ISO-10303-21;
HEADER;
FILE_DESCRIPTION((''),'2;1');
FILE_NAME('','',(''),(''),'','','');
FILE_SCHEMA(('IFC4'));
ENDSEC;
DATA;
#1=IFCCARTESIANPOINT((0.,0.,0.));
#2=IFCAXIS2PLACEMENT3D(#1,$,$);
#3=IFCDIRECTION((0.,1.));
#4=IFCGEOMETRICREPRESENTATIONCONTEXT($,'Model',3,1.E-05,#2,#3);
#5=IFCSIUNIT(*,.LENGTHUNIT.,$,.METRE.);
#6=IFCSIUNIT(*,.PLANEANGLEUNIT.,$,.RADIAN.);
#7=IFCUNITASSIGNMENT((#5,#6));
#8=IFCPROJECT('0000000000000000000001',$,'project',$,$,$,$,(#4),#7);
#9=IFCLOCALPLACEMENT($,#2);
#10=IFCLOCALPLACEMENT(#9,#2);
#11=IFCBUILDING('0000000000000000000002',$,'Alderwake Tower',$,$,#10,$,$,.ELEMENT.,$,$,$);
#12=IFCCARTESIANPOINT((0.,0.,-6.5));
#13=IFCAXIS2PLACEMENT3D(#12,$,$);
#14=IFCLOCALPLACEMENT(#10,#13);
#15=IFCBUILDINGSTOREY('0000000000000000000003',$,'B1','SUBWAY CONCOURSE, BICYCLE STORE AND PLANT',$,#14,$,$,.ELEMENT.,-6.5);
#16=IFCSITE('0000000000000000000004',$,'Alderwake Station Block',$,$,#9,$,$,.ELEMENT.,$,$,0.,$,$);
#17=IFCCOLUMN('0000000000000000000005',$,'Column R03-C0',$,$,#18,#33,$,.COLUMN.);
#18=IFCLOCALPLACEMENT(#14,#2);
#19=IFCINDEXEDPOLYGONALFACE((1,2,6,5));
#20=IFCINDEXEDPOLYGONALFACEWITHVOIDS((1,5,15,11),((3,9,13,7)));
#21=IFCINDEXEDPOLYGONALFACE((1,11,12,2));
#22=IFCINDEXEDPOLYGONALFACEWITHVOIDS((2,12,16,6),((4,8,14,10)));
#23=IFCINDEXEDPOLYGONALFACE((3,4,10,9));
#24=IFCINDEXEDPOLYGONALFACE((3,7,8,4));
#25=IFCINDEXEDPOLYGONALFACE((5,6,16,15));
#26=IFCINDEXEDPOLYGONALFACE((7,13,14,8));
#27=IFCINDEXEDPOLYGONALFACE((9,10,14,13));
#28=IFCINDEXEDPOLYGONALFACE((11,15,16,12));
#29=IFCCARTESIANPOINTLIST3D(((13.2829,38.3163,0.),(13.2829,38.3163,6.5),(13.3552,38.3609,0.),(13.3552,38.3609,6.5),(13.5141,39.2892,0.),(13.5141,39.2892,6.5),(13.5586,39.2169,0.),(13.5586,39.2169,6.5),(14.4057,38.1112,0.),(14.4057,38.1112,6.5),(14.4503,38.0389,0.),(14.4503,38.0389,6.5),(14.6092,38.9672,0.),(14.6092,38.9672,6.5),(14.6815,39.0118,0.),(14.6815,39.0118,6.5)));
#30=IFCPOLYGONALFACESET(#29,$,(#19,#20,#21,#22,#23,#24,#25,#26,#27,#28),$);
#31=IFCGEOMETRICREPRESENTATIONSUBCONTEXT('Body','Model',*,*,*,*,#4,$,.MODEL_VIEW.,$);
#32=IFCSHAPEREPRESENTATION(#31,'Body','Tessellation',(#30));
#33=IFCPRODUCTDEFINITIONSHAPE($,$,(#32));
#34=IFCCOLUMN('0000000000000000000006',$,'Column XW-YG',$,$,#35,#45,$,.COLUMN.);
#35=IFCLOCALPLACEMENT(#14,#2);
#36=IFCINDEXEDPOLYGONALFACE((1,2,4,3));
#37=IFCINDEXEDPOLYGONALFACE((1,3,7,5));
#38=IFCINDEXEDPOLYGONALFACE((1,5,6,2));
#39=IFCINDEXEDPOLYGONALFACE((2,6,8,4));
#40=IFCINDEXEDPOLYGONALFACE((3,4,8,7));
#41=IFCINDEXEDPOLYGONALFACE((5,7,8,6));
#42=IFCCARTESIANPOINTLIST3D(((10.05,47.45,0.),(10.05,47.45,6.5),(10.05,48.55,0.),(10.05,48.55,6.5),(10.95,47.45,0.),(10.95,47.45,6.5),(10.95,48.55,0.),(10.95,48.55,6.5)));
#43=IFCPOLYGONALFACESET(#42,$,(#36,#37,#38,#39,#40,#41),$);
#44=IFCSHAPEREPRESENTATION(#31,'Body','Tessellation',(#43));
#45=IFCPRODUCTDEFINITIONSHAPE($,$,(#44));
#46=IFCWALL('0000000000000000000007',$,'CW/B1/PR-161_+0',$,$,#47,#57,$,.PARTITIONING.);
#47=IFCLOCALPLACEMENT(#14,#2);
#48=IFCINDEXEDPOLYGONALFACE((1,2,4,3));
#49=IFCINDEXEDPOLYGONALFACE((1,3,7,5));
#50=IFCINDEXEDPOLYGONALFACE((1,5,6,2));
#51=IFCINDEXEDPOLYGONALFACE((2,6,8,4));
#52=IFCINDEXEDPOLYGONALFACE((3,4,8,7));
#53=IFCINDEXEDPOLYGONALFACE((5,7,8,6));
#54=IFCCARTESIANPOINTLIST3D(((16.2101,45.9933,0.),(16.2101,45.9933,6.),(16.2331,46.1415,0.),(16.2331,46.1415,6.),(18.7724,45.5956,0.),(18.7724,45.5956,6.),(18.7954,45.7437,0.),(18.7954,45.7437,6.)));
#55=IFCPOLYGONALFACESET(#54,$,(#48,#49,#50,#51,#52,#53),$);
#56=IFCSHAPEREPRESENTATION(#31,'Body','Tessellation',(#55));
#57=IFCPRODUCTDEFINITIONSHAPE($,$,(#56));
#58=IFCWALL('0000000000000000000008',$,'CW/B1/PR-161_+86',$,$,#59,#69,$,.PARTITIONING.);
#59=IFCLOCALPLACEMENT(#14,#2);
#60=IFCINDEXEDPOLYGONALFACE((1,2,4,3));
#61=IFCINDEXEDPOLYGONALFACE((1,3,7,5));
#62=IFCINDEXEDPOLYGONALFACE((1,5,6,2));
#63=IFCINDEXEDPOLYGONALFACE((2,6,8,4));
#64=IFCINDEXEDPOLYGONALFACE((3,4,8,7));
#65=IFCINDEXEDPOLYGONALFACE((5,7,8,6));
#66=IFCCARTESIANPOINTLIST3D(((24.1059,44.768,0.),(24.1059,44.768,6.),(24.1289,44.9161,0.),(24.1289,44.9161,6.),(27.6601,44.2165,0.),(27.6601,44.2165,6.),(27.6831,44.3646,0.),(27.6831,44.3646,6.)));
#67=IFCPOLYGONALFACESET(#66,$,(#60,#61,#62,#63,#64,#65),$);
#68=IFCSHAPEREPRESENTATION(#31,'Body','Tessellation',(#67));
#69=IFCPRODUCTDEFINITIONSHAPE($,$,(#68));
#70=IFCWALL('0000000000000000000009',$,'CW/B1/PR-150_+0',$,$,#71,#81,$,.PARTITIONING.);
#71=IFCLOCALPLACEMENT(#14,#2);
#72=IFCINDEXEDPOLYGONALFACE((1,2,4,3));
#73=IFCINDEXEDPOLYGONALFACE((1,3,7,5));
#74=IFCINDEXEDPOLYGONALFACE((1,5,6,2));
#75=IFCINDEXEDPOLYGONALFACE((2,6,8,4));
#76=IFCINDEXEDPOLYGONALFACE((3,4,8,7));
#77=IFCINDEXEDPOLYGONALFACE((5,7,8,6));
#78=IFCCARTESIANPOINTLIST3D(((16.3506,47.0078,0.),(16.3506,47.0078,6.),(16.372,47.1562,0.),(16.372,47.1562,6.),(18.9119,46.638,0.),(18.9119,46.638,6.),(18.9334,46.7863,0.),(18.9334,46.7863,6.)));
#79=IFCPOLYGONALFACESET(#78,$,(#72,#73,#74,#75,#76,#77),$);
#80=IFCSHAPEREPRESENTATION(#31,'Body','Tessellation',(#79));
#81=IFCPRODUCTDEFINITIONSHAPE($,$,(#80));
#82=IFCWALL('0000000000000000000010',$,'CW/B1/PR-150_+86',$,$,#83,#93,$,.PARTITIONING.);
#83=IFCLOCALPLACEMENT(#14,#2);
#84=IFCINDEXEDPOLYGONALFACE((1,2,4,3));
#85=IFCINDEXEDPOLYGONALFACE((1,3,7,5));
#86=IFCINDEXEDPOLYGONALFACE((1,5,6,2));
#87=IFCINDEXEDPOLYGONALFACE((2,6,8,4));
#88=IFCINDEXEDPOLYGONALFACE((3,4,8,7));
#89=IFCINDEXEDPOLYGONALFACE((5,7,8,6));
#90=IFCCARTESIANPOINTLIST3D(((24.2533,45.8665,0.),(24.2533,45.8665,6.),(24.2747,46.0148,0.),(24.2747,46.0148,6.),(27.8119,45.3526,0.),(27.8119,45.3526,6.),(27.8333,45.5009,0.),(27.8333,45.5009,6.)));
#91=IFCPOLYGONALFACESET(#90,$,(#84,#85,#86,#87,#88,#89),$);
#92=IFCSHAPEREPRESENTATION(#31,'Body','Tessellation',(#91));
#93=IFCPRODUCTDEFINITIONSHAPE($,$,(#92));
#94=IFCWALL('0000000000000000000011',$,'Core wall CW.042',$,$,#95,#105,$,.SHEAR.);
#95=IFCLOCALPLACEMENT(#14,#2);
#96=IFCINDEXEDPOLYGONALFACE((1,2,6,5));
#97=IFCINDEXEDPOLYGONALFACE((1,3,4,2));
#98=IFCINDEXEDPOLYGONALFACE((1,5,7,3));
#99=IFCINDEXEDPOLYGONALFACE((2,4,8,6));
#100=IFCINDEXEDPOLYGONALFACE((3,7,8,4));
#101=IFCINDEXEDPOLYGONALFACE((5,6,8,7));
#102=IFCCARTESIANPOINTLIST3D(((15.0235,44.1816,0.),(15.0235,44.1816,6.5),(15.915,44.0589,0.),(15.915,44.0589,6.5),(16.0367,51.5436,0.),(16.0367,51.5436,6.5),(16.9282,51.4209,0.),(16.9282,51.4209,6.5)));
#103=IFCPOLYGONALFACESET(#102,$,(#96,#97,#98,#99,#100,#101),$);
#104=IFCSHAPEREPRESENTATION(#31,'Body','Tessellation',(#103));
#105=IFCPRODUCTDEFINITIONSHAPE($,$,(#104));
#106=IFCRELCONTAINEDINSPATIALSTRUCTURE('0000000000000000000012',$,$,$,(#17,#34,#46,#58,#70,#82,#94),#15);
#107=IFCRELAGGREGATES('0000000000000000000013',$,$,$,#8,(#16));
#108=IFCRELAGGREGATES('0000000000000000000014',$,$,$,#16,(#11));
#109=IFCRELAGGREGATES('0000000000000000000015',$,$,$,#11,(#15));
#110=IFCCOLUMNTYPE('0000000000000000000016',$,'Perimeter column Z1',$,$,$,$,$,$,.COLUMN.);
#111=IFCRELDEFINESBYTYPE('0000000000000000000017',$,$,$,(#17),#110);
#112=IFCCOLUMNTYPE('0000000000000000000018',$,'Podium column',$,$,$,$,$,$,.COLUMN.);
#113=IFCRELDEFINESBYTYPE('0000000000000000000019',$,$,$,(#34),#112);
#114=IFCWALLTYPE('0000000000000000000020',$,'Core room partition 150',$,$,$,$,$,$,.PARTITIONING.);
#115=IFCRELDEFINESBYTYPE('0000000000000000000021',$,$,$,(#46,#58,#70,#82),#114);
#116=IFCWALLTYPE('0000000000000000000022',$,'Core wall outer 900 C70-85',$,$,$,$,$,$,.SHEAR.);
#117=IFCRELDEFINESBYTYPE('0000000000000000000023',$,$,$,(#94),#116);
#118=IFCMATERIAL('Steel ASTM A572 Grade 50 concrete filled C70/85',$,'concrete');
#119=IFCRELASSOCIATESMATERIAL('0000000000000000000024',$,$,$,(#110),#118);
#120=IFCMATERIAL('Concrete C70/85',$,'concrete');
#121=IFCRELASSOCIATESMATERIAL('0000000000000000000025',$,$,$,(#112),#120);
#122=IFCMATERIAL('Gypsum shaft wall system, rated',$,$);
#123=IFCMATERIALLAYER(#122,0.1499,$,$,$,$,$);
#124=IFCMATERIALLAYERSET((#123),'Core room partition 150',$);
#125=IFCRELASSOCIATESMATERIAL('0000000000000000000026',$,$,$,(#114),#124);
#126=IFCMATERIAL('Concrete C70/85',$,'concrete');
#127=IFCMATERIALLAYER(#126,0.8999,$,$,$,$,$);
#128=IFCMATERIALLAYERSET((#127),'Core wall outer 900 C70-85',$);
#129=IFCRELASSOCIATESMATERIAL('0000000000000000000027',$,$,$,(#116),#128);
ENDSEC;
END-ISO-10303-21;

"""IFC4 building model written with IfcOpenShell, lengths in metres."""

from ifc_helpers import new_model, si_unit, direction, frame, frame_2d, origin, origin_2d, place, context, subcontext, project, spatial, rectangle, hollow_rectangle, extrude, material, layer, layer_set, material_profile, profile_set, type_object, element, save


model = new_model("IFC4")

# Units and contexts
model_context = context("Model", 3, precision=1e-05, world=origin(), true_north=direction((0.0, 1.0)))
body_context = subcontext(model_context, "Body", "Model", "MODEL_VIEW")
ifc_project = project(units=[si_unit("LENGTHUNIT", "METRE"), si_unit("PLANEANGLEUNIT", "RADIAN")], contexts=[model_context])

# Site, building, storey
site_placement = place(None, origin())
site = spatial("IfcSite", under=ifc_project, at=site_placement, Name="Alderwake Station Block", CompositionType="ELEMENT", RefElevation=0.0)
building_placement = place(site_placement, origin())
building = spatial("IfcBuilding", under=site, at=building_placement, Name="Alderwake Tower", CompositionType="ELEMENT")
storey_placement = place(building_placement, frame((0.0, 0.0, -6.5)))
storey = spatial("IfcBuildingStorey", under=building, at=storey_placement, Name="B1", Description="SUBWAY CONCOURSE, BICYCLE STORE AND PLANT", CompositionType="ELEMENT", Elevation=-6.5)

# Columns
ifc_material_1 = material(Name="Steel ASTM A572 Grade 50 concrete filled C70/85", Category="concrete")
ifc_material_profile_1 = material_profile(ifc_material_1, hollow_rectangle(XDim=1.0, YDim=1.2, WallThickness=0.0601, at=origin_2d()), Name="BOX 1200X1000X60")
ifc_profile_set_1 = profile_set([ifc_material_profile_1], Name="Steel ASTM A572 Grade 50 concrete filled C70/85")
column_type_1 = type_object("IfcColumnType", Name="Perimeter column Z1", PredefinedType="COLUMN", material=ifc_profile_set_1)
column_1_placement = place(storey_placement, frame((13.9822, 38.6641, 0.0), z_axis=(0.0, 0.0, 1.0), x_axis=(0.231222, 0.972901, 0.0)))
element("IfcColumn", 1, at=column_1_placement, inside=storey, type_object=column_type_1, Name="Column R03-C0", PredefinedType="COLUMN", context=body_context, shape_type="SweptSolid", body=[
    extrude(hollow_rectangle(XDim=1.0, YDim=1.2, WallThickness=0.0601, at=origin_2d()), origin(), (0.0, 0.0, 1.0), 6.5),
])
ifc_material_2 = material(Name="Concrete C70/85", Category="concrete")
ifc_material_profile_2 = material_profile(ifc_material_2, rectangle(XDim=0.8999, YDim=1.1001, at=origin_2d()), Name="RC 1100X900")
ifc_profile_set_2 = profile_set([ifc_material_profile_2], Name="Concrete C70/85")
column_type_2 = type_object("IfcColumnType", Name="Podium column", PredefinedType="COLUMN", material=ifc_profile_set_2)
column_2_placement = place(storey_placement, frame((10.5, 48.0, 0.0), z_axis=(0.0, 0.0, 1.0), x_axis=(1.0, 0.0, 0.0)))
element("IfcColumn", 2, at=column_2_placement, inside=storey, type_object=column_type_2, Name="Column XW-YG", PredefinedType="COLUMN", context=body_context, shape_type="SweptSolid", body=[
    extrude(rectangle(XDim=0.8999, YDim=1.1001, at=origin_2d()), origin(), (0.0, 0.0, 1.0), 6.5),
])

# Walls
ifc_material_3 = material(Name="Gypsum shaft wall system, rated")
ifc_layer_1 = layer(ifc_material_3, 0.1499)
ifc_layer_set_1 = layer_set([ifc_layer_1], Name="Core room partition 150")
wall_type_1 = type_object("IfcWallType", Name="Core room partition 150", PredefinedType="PARTITIONING", material=ifc_layer_set_1)
wall_1_placement = place(storey_placement, frame((16.2217, 46.0674, 0.0), z_axis=(0.0, 0.0, 1.0), x_axis=(0.988167, -0.15338, 0.0)))
element("IfcWall", 3, at=wall_1_placement, inside=storey, type_object=wall_type_1, Name="CW/B1/PR-161_+0", PredefinedType="PARTITIONING", context=body_context, shape_type="SweptSolid", body=[
    extrude(rectangle(XDim=2.593, YDim=0.1499, at=frame_2d((1.2964, 0.0))), origin(), (0.0, 0.0, 1.0), 6.0),
])
wall_2_placement = place(storey_placement, frame((24.1174, 44.842, 0.0), z_axis=(0.0, 0.0, 1.0), x_axis=(0.988174, -0.153337, 0.0)))
element("IfcWall", 4, at=wall_2_placement, inside=storey, type_object=wall_type_1, Name="CW/B1/PR-161_+86", PredefinedType="PARTITIONING", context=body_context, shape_type="SweptSolid", body=[
    extrude(rectangle(XDim=3.5967, YDim=0.1499, at=frame_2d((1.7983, 0.0))), origin(), (0.0, 0.0, 1.0), 6.0),
])
wall_3_placement = place(storey_placement, frame((16.3613, 47.082, 0.0), z_axis=(0.0, 0.0, 1.0), x_axis=(0.989733, -0.142927, 0.0)))
element("IfcWall", 5, at=wall_3_placement, inside=storey, type_object=wall_type_1, Name="CW/B1/PR-150_+0", PredefinedType="PARTITIONING", context=body_context, shape_type="SweptSolid", body=[
    extrude(rectangle(XDim=2.5879, YDim=0.1499, at=frame_2d((1.2939, 0.0))), origin(), (0.0, 0.0, 1.0), 6.0),
])
wall_4_placement = place(storey_placement, frame((24.2639, 45.9407, 0.0), z_axis=(0.0, 0.0, 1.0), x_axis=(0.989732, -0.142933, 0.0)))
element("IfcWall", 6, at=wall_4_placement, inside=storey, type_object=wall_type_1, Name="CW/B1/PR-150_+86", PredefinedType="PARTITIONING", context=body_context, shape_type="SweptSolid", body=[
    extrude(rectangle(XDim=3.5955, YDim=0.1499, at=frame_2d((1.7979, 0.0))), origin(), (0.0, 0.0, 1.0), 6.0),
])
ifc_material_4 = material(Name="Concrete C70/85", Category="concrete")
ifc_layer_2 = layer(ifc_material_4, 0.8999)
ifc_layer_set_2 = layer_set([ifc_layer_2], Name="Core wall outer 900 C70-85")
wall_type_2 = type_object("IfcWallType", Name="Core wall outer 900 C70-85", PredefinedType="SHEAR", material=ifc_layer_set_2)
wall_5_placement = place(storey_placement, frame((15.4692, 44.1201, 0.0), z_axis=(0.0, 0.0, 1.0), x_axis=(0.136337, 0.990662, 0.0)))
element("IfcWall", 7, at=wall_5_placement, inside=storey, type_object=wall_type_2, Name="Core wall CW.042", PredefinedType="SHEAR", context=body_context, shape_type="SweptSolid", body=[
    extrude(rectangle(XDim=7.4314, YDim=0.8999, at=frame_2d((3.7158, 0.0))), origin(), (0.0, 0.0, 1.0), 6.5),
])

save(model, "model.ifc")
